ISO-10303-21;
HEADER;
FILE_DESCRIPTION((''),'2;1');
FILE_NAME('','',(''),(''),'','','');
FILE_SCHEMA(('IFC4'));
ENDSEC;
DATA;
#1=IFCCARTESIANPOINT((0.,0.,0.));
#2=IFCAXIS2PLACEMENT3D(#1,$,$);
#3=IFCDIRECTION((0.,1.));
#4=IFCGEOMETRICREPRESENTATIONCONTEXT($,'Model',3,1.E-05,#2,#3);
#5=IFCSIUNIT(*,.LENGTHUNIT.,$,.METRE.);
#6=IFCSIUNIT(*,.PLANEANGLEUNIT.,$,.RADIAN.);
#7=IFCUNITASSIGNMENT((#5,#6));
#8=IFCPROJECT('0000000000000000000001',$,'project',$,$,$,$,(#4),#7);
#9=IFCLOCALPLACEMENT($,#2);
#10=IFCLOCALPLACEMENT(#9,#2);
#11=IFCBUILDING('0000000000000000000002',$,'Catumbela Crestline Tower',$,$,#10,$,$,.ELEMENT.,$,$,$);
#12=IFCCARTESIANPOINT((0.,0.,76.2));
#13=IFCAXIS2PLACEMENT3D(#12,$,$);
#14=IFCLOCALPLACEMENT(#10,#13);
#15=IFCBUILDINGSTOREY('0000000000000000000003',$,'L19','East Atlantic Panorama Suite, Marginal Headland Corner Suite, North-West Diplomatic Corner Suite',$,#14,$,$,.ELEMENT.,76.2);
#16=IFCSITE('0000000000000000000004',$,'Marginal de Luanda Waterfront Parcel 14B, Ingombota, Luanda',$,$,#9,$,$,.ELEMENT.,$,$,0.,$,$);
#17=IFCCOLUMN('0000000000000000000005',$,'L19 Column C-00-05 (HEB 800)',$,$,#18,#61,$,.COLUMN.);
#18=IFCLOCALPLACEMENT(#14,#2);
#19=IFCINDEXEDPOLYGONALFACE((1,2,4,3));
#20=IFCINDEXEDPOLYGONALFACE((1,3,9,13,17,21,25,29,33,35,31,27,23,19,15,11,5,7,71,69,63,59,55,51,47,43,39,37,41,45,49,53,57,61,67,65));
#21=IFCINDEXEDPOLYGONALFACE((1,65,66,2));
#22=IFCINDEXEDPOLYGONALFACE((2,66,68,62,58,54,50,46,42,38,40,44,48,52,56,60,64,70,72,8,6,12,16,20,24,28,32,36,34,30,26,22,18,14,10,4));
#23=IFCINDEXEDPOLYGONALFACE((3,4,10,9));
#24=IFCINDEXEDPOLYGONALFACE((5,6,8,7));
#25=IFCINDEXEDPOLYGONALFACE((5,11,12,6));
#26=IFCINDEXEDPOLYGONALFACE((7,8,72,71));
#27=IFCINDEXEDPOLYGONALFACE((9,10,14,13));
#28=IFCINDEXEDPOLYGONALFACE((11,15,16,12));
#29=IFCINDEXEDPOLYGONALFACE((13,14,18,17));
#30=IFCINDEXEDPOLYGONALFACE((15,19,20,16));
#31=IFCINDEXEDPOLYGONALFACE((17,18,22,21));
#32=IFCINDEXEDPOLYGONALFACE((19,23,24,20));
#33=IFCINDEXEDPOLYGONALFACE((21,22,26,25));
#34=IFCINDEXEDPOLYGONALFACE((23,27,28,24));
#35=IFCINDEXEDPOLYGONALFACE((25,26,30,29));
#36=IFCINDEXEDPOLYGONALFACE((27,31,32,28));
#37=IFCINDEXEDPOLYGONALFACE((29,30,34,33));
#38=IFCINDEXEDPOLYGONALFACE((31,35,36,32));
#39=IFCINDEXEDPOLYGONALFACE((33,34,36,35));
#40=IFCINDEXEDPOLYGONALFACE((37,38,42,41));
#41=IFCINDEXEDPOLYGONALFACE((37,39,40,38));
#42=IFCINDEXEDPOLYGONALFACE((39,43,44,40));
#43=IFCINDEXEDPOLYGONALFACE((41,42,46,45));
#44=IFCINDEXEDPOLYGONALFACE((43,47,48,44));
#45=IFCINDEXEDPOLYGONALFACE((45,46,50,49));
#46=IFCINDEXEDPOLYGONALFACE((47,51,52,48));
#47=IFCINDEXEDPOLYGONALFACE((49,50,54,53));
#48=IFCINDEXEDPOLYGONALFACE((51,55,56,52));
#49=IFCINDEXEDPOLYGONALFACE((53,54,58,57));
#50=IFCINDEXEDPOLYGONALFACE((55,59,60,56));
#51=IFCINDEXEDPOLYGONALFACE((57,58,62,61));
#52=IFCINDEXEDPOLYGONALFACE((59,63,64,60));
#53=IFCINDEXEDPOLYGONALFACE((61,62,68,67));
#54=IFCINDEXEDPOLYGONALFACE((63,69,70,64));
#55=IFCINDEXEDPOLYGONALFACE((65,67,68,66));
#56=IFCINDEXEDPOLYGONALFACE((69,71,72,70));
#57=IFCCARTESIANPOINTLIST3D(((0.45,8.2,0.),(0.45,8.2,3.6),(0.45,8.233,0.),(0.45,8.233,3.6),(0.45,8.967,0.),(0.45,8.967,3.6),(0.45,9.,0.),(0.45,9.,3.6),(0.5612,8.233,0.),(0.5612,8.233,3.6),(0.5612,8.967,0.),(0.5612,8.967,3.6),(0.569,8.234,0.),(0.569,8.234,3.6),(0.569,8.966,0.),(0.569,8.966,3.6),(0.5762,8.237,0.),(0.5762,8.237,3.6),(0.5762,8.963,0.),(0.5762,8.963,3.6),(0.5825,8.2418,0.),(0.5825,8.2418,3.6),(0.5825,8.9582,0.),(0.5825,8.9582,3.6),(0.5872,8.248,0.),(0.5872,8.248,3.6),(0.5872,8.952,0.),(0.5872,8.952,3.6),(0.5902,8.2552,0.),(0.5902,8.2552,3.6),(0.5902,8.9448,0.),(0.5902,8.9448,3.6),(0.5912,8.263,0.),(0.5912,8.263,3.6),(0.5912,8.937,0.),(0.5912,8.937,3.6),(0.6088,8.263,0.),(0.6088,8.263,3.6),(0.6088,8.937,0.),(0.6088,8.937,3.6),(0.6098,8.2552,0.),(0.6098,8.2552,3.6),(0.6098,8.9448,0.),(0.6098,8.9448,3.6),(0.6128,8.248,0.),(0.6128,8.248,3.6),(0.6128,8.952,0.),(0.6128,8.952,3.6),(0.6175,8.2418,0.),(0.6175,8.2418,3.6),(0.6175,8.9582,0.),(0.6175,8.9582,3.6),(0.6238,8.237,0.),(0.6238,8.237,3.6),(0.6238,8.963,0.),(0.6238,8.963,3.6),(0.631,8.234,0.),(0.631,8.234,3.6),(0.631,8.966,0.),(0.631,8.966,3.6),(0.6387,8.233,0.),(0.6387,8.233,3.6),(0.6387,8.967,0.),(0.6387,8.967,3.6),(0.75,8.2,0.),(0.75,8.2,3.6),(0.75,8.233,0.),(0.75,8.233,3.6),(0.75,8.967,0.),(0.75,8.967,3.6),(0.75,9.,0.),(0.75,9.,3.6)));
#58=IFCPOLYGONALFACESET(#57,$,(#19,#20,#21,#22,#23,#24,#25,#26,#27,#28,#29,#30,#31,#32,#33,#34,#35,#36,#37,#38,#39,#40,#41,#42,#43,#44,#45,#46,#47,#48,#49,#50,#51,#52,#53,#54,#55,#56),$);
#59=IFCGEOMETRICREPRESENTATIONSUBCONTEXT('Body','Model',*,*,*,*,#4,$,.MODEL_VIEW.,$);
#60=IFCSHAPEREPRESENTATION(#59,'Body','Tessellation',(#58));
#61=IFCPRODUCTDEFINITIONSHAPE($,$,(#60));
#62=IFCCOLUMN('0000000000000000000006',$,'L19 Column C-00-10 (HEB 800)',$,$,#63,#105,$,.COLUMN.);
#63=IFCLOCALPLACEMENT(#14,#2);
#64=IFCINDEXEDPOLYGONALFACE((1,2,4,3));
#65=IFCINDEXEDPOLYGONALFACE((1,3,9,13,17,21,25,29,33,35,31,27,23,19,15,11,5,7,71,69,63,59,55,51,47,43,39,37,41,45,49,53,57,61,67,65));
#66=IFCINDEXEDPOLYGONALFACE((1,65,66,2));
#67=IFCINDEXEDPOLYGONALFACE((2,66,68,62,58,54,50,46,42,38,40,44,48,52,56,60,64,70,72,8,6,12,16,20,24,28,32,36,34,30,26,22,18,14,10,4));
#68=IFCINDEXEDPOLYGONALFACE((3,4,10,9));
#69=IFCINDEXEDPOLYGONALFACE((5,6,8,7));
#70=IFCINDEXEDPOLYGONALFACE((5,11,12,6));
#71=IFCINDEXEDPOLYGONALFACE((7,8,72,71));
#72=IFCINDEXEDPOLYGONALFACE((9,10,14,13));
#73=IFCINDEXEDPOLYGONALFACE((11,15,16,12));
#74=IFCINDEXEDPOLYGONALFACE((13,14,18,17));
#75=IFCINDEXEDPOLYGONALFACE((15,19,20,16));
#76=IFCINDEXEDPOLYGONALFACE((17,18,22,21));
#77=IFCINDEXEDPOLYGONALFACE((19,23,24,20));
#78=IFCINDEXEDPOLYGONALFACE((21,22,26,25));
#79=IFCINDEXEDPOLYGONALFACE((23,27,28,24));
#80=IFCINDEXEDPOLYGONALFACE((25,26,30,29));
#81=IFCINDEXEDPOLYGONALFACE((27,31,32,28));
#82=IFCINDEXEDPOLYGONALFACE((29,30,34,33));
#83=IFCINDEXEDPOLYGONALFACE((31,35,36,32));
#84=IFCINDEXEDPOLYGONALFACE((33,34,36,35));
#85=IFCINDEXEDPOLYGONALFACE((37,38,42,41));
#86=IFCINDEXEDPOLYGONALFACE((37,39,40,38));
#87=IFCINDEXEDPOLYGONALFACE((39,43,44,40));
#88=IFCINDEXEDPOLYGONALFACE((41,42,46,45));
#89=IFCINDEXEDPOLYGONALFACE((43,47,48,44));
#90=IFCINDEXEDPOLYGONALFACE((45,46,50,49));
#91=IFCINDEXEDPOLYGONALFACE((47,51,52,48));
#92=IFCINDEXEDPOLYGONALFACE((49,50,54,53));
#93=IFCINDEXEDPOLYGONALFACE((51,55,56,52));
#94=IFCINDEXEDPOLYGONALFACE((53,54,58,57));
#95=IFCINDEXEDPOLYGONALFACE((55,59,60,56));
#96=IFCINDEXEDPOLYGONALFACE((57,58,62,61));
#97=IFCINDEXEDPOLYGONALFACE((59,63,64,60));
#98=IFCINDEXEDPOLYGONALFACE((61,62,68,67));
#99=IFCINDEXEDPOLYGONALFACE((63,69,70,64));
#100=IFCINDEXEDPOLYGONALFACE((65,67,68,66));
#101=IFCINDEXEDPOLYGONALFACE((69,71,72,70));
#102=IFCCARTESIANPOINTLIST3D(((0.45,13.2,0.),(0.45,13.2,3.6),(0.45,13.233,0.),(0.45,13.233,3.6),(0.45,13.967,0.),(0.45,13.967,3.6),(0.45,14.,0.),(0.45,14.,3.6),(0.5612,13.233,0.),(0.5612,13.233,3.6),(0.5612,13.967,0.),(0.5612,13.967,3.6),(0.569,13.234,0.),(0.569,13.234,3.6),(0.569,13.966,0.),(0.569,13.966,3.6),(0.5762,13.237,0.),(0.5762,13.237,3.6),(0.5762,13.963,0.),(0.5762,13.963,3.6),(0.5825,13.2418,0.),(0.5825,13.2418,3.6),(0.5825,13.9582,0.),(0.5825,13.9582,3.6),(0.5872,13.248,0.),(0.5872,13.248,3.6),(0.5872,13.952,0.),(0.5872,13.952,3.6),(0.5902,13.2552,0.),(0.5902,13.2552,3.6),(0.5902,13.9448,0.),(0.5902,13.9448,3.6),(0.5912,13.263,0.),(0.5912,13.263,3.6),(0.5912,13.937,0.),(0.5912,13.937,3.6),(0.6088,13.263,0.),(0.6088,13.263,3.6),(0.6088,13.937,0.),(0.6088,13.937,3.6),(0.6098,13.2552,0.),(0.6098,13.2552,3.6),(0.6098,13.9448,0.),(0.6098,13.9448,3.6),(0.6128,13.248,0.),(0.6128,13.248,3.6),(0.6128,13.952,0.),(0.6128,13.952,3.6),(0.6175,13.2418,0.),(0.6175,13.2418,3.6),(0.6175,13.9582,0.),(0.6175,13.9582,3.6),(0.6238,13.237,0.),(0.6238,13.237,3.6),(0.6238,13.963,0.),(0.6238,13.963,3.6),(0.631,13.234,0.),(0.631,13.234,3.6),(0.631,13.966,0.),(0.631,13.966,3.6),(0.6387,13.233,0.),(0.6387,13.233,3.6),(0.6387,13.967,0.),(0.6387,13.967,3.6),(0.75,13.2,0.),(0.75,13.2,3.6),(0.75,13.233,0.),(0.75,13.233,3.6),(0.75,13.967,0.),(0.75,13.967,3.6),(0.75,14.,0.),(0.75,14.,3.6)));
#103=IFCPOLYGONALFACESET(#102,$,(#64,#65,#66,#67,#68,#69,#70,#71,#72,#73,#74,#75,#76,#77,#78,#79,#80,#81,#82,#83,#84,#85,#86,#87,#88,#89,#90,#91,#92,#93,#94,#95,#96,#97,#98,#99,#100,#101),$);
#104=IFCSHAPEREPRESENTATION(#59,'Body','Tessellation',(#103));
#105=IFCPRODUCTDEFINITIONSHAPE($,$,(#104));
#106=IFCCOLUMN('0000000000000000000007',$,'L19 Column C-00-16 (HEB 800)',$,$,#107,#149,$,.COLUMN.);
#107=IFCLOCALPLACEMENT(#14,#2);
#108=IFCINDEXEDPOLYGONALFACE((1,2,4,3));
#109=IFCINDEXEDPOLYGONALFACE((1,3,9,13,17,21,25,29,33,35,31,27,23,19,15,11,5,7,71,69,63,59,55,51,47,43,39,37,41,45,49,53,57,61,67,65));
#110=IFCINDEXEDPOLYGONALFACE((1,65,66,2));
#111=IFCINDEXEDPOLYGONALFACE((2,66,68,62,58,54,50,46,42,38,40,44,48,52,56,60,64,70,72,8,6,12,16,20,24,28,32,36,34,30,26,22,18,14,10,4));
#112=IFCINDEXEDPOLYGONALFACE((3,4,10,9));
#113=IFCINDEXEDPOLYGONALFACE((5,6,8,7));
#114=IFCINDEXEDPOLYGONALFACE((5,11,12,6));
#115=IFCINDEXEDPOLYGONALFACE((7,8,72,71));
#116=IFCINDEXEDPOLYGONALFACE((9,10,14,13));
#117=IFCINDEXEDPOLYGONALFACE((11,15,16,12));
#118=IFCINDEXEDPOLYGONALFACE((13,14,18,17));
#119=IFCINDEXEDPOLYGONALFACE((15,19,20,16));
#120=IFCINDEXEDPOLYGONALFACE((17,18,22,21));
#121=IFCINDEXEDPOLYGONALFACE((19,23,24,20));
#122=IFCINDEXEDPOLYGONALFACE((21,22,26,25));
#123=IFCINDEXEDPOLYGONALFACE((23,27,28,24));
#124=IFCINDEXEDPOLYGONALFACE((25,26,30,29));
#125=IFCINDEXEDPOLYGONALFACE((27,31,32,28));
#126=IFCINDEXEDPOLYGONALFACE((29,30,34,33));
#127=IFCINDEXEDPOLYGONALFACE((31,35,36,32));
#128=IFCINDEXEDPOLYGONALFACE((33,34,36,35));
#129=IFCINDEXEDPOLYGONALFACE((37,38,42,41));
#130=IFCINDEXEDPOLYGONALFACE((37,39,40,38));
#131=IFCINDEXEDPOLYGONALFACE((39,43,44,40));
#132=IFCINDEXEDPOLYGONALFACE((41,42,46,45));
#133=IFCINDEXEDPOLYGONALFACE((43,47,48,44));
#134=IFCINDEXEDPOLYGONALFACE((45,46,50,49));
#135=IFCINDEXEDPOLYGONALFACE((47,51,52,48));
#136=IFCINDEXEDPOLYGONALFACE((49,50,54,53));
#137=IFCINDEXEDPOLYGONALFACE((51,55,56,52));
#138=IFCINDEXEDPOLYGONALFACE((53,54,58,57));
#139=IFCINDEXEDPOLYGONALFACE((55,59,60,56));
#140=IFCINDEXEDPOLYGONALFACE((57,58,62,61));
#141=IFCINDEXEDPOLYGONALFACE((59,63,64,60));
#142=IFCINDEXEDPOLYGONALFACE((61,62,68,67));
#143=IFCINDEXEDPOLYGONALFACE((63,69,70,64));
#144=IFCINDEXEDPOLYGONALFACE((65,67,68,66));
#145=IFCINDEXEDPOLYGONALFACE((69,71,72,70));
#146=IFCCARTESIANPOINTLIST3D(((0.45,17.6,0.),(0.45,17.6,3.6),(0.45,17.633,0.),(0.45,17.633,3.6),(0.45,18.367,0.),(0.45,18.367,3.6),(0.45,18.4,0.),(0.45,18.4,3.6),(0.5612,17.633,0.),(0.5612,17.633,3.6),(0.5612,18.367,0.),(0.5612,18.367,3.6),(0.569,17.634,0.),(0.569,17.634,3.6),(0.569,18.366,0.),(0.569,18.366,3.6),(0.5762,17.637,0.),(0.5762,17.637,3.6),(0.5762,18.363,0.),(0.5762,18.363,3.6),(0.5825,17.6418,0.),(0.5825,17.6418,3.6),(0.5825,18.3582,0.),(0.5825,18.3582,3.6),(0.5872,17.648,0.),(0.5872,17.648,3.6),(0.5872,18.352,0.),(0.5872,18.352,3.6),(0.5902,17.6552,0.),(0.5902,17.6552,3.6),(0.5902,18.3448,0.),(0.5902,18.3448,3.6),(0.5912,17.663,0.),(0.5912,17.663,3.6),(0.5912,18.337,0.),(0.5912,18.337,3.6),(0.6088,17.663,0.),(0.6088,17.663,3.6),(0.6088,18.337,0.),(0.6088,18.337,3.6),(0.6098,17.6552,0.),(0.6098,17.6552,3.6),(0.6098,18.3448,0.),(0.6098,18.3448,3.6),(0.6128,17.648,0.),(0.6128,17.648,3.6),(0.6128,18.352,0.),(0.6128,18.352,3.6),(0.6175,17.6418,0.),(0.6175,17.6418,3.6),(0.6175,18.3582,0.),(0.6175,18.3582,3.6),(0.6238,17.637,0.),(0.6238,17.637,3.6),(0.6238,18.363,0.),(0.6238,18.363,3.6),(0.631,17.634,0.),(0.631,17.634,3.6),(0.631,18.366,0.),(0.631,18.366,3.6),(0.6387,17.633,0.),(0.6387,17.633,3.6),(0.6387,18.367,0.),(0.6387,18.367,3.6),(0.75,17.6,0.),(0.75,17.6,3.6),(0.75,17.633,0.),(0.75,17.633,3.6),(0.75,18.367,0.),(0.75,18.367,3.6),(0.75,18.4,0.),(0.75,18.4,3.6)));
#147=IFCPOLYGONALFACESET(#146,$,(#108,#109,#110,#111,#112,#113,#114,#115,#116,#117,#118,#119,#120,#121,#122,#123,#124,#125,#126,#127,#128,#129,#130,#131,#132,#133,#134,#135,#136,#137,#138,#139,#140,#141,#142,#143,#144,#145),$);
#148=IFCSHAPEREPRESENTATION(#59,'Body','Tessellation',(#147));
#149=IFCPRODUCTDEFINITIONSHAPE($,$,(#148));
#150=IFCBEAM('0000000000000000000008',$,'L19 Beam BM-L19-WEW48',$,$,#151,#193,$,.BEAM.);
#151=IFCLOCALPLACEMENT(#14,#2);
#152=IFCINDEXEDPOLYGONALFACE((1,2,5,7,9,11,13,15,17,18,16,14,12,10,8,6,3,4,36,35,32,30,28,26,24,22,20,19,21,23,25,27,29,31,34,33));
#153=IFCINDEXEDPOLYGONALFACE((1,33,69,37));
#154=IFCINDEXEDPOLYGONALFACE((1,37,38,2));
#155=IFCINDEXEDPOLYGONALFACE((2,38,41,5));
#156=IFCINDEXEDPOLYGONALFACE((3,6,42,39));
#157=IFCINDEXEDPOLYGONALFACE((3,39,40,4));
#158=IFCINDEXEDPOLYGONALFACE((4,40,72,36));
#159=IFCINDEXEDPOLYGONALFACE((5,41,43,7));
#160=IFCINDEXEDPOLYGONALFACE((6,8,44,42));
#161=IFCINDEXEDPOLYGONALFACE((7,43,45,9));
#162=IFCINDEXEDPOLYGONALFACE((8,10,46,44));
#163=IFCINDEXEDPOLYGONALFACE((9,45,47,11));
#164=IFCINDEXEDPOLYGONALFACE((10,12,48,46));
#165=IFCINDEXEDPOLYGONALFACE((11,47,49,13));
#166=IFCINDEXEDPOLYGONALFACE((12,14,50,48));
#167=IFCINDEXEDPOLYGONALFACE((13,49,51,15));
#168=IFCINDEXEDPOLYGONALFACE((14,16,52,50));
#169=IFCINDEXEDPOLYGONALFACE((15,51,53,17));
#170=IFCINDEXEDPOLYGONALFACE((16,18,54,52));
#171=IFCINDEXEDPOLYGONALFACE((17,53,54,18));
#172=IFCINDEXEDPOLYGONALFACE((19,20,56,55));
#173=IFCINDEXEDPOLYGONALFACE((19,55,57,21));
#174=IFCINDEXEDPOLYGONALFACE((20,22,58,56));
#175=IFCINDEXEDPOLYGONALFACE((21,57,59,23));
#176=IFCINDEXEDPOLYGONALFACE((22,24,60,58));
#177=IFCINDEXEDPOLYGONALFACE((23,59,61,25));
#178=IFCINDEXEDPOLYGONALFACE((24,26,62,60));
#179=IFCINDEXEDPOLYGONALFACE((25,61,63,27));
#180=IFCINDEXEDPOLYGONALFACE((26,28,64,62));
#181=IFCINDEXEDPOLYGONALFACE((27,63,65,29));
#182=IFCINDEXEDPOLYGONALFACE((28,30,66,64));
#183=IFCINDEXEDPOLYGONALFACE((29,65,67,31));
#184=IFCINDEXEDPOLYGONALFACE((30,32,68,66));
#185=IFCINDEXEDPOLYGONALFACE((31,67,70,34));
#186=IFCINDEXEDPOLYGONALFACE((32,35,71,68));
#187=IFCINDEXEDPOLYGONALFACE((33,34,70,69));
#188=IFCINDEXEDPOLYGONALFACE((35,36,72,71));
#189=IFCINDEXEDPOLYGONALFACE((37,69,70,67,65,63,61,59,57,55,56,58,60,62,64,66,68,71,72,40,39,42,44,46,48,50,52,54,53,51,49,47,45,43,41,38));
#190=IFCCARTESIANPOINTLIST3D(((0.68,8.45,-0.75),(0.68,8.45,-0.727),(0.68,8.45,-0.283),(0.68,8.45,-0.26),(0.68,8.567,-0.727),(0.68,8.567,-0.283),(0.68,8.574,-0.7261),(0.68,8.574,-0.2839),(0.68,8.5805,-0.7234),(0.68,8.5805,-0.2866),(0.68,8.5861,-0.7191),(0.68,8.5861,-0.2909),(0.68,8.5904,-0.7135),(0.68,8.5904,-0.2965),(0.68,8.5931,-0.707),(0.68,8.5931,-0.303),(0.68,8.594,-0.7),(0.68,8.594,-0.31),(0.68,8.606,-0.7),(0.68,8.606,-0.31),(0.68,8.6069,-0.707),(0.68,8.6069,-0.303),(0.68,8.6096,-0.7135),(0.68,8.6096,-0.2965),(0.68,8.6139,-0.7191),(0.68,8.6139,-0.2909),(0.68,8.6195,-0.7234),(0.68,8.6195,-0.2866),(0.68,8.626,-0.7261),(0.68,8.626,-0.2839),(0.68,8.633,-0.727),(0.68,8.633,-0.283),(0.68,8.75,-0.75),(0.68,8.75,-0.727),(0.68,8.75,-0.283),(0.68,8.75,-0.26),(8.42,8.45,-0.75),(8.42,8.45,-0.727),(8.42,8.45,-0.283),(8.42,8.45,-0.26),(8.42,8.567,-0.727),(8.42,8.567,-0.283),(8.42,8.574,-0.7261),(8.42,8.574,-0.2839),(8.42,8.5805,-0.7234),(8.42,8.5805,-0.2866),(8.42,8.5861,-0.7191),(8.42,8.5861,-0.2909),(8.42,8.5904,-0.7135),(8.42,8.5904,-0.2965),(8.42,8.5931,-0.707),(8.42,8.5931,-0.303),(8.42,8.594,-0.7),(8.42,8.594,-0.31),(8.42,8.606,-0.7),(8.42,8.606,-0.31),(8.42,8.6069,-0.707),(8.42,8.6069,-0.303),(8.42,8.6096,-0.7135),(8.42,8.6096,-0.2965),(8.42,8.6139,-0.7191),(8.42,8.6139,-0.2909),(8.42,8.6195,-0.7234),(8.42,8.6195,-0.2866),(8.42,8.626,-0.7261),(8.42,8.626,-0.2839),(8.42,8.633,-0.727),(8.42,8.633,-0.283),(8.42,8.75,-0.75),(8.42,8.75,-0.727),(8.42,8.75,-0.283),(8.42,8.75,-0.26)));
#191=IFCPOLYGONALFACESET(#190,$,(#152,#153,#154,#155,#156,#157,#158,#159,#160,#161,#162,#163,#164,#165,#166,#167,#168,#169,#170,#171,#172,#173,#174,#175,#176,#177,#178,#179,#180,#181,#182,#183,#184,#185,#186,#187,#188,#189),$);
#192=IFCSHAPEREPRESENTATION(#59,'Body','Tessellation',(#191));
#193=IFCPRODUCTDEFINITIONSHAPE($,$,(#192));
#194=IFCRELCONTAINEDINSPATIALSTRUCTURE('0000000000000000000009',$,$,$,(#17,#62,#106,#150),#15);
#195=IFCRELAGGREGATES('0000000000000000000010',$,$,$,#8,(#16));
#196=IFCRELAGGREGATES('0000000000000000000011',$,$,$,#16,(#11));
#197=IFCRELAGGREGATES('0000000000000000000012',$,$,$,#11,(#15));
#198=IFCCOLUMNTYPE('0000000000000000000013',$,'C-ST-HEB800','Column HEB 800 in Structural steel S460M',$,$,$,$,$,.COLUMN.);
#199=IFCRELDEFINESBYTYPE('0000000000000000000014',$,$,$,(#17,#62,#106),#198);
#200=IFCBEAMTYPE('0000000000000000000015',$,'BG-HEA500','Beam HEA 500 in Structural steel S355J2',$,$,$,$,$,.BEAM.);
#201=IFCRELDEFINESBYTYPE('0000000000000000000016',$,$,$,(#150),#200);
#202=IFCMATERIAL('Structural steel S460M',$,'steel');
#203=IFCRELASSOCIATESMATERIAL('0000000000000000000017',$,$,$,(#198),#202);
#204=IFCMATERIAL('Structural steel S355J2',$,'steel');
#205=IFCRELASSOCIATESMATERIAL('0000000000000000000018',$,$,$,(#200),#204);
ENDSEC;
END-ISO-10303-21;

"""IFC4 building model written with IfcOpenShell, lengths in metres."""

from ifc_helpers import new_model, si_unit, direction, frame, origin, origin_2d, place, context, subcontext, project, spatial, i_section, extrude, material, material_profile, profile_set, type_object, element, save


model = new_model("IFC4")

# Units and contexts
model_context = context("Model", 3, precision=1e-05, world=origin(), true_north=direction((0.0, 1.0)))
body_context = subcontext(model_context, "Body", "Model", "MODEL_VIEW")
ifc_project = project(units=[si_unit("LENGTHUNIT", "METRE"), si_unit("PLANEANGLEUNIT", "RADIAN")], contexts=[model_context])

# Site, building, storey
site_placement = place(None, origin())
site = spatial("IfcSite", under=ifc_project, at=site_placement, Name="Marginal de Luanda Waterfront Parcel 14B, Ingombota, Luanda", CompositionType="ELEMENT", RefElevation=0.0)
building_placement = place(site_placement, origin())
building = spatial("IfcBuilding", under=site, at=building_placement, Name="Catumbela Crestline Tower", CompositionType="ELEMENT")
storey_placement = place(building_placement, frame((0.0, 0.0, 76.2)))
storey = spatial("IfcBuildingStorey", under=building, at=storey_placement, Name="L19", Description="East Atlantic Panorama Suite, Marginal Headland Corner Suite, North-West Diplomatic Corner Suite", CompositionType="ELEMENT", Elevation=76.2)

# Columns
ifc_material_1 = material(Name="Structural steel S460M", Category="steel")
ifc_material_profile_1 = material_profile(ifc_material_1, i_section(OverallWidth=0.3, OverallDepth=0.8, WebThickness=0.0175, FlangeThickness=0.033, FilletRadius=0.03, at=origin_2d()), Name="HEB 800")
ifc_profile_set_1 = profile_set([ifc_material_profile_1], Name="Structural steel S460M")
column_type = type_object("IfcColumnType", Name="C-ST-HEB800", Description="Column HEB 800 in Structural steel S460M", PredefinedType="COLUMN", material=ifc_profile_set_1)
for number, where, z_axis, x_axis, name in (
    (1, (0.6, 8.6, 0.0), (0.0, 0.0, 1.0), (1.0, 0.0, 0.0), "L19 Column C-00-05 (HEB 800)"),
    (2, (0.6, 13.6, 0.0), (0.0, 0.0, 1.0), (1.0, 0.0, 0.0), "L19 Column C-00-10 (HEB 800)"),
    (3, (0.6, 18.0, 0.0), (0.0, 0.0, 1.0), (1.0, 0.0, 0.0), "L19 Column C-00-16 (HEB 800)"),
):
    element("IfcColumn", number, at=place(storey_placement, frame(where, z_axis=z_axis, x_axis=x_axis)), inside=storey, type_object=column_type, Name=name, PredefinedType="COLUMN", context=body_context, shape_type="SweptSolid", body=[
        extrude(i_section(OverallWidth=0.3, OverallDepth=0.8, WebThickness=0.0175, FlangeThickness=0.033, FilletRadius=0.03, at=origin_2d()), origin(), (0.0, 0.0, 1.0), 3.6),
    ])

# Beam
ifc_material_2 = material(Name="Structural steel S355J2", Category="steel")
ifc_material_profile_2 = material_profile(ifc_material_2, i_section(OverallWidth=0.3, OverallDepth=0.49, WebThickness=0.012, FlangeThickness=0.023, FilletRadius=0.027, at=origin_2d()), Name="HEA 500")
ifc_profile_set_2 = profile_set([ifc_material_profile_2], Name="Structural steel S355J2")
beam_type_1 = type_object("IfcBeamType", Name="BG-HEA500", Description="Beam HEA 500 in Structural steel S355J2", PredefinedType="BEAM", material=ifc_profile_set_2)
for number, where, z_axis, x_axis, name in (
    (4, (0.68, 8.6, -0.505), (1.0, 0.0, 0.0), (0.0, 1.0, 0.0), "L19 Beam BM-L19-WEW48"),
):
    element("IfcBeam", number, at=place(storey_placement, frame(where, z_axis=z_axis, x_axis=x_axis)), inside=storey, type_object=beam_type_1, Name=name, PredefinedType="BEAM", context=body_context, shape_type="SweptSolid", body=[
        extrude(i_section(OverallWidth=0.3, OverallDepth=0.49, WebThickness=0.012, FlangeThickness=0.023, FilletRadius=0.027, at=origin_2d()), origin(), (0.0, 0.0, 1.0), 7.74),
    ])

save(model, "model.ifc")
